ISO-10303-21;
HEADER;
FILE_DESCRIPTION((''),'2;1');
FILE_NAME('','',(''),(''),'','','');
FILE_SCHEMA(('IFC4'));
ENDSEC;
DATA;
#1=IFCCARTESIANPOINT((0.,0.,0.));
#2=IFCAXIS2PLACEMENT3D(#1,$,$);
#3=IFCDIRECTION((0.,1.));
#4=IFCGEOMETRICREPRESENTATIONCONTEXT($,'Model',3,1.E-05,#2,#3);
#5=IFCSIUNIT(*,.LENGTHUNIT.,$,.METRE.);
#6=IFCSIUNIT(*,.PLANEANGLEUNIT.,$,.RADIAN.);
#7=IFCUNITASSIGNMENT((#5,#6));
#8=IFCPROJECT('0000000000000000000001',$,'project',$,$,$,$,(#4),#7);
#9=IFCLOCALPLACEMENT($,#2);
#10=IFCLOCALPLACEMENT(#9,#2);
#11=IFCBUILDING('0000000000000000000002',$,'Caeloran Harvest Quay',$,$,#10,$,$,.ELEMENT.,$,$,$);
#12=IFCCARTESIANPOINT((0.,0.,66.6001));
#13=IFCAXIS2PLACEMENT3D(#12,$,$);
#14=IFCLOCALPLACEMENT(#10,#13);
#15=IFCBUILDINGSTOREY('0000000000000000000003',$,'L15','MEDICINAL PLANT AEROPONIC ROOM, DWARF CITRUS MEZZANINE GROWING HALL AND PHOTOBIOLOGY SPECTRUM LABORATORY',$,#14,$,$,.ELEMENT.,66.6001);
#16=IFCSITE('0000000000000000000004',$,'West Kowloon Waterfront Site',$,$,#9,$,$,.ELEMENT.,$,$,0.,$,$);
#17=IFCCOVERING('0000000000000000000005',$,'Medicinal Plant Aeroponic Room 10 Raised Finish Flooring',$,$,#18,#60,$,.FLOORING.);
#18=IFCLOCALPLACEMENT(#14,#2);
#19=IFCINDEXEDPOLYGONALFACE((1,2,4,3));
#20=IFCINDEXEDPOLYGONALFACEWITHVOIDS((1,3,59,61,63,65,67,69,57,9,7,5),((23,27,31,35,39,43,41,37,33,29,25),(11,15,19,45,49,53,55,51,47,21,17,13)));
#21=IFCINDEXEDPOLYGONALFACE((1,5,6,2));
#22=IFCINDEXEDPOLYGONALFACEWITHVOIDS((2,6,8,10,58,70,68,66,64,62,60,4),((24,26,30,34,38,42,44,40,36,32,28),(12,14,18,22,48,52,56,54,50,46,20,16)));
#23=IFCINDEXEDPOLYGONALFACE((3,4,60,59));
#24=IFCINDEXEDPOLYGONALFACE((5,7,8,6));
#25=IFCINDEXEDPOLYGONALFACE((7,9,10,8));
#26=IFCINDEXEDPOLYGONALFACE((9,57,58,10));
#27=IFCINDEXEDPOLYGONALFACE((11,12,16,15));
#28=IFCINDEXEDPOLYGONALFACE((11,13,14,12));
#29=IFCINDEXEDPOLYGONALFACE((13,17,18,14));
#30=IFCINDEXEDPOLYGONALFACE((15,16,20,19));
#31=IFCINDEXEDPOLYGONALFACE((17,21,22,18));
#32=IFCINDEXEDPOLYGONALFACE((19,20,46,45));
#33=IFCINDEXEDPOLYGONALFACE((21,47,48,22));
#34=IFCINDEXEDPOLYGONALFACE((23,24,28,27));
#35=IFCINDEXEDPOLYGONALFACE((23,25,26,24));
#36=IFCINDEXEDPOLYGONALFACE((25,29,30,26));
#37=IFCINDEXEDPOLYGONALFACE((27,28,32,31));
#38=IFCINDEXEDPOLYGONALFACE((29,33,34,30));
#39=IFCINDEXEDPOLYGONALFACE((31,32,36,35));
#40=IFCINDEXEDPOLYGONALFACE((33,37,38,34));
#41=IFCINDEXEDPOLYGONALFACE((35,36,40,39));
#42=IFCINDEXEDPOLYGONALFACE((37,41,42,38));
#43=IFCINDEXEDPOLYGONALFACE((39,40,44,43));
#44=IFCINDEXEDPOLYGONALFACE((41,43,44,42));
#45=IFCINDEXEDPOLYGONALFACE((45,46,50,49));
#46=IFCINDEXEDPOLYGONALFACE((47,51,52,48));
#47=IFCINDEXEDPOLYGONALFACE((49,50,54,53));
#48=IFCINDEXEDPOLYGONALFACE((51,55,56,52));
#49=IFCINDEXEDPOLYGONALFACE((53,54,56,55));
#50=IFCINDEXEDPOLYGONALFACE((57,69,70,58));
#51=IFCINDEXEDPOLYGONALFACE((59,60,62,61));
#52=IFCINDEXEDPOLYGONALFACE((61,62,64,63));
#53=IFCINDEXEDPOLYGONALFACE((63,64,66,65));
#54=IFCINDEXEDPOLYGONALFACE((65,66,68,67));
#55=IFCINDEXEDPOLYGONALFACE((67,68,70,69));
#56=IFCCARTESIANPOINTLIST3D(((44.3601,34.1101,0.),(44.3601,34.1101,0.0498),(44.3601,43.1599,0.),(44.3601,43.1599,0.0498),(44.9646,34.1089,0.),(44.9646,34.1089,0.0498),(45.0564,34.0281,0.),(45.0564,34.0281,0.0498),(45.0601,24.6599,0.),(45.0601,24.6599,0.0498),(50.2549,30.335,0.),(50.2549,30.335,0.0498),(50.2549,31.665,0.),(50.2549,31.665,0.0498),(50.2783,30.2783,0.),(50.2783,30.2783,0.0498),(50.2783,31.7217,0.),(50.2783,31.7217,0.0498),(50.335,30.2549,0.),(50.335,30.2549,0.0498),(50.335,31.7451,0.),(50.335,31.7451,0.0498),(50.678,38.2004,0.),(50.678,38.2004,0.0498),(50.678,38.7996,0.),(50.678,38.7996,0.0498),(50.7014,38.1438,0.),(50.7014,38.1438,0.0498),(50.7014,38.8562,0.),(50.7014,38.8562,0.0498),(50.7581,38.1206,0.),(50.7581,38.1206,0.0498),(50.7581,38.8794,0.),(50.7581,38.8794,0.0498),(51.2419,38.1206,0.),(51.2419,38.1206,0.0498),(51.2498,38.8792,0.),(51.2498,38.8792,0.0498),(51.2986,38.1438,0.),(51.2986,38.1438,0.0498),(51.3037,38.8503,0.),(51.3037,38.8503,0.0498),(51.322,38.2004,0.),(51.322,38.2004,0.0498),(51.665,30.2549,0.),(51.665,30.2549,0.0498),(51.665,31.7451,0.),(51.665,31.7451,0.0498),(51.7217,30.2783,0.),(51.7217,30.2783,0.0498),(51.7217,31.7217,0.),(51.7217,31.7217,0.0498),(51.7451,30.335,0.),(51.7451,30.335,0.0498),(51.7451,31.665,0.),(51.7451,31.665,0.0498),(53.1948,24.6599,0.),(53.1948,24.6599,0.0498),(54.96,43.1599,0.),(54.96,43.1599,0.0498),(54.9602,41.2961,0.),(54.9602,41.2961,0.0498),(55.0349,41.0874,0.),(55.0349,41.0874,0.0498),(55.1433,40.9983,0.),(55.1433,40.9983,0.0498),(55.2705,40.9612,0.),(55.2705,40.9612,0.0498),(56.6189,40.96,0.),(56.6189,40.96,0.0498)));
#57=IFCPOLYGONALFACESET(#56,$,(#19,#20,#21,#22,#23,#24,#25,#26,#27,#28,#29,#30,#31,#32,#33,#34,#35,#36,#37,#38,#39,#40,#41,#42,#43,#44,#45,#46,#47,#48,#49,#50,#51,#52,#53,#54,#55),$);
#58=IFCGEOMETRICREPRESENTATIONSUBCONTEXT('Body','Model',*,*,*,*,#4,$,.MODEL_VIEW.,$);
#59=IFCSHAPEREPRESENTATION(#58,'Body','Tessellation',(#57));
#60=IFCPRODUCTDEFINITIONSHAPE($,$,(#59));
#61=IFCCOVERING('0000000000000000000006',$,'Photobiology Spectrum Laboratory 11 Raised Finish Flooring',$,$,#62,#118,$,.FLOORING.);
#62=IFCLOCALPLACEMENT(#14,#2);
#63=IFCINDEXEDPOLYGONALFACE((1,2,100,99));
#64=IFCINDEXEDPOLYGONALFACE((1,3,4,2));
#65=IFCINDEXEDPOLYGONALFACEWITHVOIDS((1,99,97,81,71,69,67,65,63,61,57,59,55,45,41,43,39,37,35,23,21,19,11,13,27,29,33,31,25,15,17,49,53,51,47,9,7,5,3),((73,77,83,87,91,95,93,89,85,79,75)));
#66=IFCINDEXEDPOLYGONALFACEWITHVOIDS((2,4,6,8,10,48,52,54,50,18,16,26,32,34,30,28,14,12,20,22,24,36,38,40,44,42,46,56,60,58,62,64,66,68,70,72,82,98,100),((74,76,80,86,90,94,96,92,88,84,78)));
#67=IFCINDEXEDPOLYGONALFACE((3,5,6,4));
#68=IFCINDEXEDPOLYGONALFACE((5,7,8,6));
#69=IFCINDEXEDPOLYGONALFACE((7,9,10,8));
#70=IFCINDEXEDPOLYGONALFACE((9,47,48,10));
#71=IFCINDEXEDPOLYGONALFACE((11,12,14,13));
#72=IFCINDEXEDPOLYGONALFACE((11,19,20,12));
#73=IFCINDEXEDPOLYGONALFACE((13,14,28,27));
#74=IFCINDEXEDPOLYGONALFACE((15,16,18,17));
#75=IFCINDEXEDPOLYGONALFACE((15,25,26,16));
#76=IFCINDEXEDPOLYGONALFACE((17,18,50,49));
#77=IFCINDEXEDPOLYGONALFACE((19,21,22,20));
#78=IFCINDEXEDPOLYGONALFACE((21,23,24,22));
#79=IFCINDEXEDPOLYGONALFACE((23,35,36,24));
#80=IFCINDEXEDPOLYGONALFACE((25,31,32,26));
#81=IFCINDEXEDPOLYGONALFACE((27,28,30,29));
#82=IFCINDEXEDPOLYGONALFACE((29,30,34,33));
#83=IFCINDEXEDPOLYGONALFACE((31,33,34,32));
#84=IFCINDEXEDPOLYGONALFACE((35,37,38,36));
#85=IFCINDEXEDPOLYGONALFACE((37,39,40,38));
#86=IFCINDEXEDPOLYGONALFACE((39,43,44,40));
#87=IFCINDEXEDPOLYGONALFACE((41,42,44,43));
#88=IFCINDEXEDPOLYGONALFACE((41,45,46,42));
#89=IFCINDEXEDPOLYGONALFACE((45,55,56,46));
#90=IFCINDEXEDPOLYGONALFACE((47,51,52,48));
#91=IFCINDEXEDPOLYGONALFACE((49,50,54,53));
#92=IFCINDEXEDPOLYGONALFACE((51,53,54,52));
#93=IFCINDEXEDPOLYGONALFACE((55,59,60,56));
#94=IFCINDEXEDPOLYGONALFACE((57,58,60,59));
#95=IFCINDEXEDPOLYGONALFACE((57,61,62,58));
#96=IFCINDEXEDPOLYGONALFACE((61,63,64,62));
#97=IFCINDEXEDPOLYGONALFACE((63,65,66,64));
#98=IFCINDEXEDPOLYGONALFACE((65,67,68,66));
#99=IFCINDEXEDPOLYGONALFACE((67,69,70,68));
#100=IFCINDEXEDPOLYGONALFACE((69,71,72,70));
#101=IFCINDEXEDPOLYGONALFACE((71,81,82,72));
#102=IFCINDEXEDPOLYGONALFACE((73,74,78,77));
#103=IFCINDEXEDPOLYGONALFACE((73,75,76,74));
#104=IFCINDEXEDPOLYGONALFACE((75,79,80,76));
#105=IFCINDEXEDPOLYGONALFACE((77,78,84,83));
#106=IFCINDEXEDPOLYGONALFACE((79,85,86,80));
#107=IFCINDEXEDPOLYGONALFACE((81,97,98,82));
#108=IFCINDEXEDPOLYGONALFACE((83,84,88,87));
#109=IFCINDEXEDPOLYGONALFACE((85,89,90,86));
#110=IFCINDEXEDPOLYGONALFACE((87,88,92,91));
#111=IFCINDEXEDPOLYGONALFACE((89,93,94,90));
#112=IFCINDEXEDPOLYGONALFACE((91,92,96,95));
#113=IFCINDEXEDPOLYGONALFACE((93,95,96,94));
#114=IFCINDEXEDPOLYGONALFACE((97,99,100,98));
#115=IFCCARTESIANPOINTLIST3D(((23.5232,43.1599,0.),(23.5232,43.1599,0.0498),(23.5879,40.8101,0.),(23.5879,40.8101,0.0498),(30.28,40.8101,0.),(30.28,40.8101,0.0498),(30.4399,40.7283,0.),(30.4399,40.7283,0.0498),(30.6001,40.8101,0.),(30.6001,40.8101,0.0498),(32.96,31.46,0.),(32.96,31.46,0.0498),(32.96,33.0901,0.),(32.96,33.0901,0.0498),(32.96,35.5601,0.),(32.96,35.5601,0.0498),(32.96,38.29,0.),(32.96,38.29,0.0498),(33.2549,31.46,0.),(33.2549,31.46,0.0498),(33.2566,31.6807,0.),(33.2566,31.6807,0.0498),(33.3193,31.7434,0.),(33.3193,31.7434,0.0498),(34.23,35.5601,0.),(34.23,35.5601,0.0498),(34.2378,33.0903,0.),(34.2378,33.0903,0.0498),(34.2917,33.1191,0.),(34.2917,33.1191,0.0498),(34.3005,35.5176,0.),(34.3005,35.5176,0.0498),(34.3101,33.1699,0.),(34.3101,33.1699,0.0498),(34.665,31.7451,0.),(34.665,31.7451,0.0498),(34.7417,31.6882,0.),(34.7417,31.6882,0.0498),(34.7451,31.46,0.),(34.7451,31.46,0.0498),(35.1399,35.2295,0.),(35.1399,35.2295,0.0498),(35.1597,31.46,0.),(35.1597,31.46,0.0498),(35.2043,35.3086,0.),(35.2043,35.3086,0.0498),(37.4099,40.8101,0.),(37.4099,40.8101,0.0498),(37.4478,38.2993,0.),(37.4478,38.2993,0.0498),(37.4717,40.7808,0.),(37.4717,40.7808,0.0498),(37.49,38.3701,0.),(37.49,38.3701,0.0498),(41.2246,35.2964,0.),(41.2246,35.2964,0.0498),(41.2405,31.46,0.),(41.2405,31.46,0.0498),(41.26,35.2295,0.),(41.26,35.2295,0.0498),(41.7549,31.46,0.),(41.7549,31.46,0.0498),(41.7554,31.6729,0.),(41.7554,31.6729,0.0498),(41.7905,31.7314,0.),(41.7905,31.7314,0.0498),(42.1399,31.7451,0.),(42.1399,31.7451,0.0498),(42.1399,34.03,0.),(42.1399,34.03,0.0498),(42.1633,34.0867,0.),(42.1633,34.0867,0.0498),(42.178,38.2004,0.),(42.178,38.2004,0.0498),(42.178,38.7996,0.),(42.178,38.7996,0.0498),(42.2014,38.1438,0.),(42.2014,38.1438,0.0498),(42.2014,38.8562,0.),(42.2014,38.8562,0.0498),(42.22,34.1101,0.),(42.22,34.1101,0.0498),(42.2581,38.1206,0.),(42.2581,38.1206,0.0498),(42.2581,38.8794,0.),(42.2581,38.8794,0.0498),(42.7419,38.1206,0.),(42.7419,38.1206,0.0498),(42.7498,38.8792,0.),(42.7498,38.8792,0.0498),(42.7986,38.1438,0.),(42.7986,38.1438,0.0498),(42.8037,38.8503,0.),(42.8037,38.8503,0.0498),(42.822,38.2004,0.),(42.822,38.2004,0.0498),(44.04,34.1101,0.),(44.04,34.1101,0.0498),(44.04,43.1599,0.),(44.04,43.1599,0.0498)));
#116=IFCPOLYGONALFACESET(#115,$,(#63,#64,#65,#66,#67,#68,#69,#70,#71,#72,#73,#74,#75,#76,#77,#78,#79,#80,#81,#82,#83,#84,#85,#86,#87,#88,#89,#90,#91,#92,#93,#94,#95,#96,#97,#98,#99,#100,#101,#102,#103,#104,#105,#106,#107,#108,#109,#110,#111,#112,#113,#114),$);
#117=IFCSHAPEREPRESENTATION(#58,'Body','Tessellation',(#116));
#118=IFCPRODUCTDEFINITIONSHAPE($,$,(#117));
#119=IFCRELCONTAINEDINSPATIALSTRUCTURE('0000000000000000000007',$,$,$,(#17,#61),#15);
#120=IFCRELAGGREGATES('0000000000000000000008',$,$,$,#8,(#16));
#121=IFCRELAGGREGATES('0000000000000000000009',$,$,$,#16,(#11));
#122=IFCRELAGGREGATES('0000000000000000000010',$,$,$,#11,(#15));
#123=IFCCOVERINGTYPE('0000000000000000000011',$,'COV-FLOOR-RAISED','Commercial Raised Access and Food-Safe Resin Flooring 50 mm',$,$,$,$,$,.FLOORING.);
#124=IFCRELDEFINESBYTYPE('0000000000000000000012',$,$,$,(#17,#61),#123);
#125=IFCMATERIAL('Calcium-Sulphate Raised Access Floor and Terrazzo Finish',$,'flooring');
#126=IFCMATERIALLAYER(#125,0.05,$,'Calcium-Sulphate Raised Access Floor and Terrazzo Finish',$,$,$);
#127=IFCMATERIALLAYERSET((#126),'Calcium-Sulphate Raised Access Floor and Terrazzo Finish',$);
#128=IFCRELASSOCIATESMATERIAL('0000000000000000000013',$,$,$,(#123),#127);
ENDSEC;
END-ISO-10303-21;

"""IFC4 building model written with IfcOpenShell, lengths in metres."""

from ifc_helpers import new_model, si_unit, direction, frame, origin, place, context, subcontext, project, spatial, polyline, outline, extrude, material, layer, layer_set, type_object, element, save


model = new_model("IFC4")

# Units and contexts
model_context = context("Model", 3, precision=1e-05, world=origin(), true_north=direction((0.0, 1.0)))
body_context = subcontext(model_context, "Body", "Model", "MODEL_VIEW")
ifc_project = project(units=[si_unit("LENGTHUNIT", "METRE"), si_unit("PLANEANGLEUNIT", "RADIAN")], contexts=[model_context])

# Site, building, storey
site_placement = place(None, origin())
site = spatial("IfcSite", under=ifc_project, at=site_placement, Name="West Kowloon Waterfront Site", CompositionType="ELEMENT", RefElevation=0.0)
building_placement = place(site_placement, origin())
building = spatial("IfcBuilding", under=site, at=building_placement, Name="Caeloran Harvest Quay", CompositionType="ELEMENT")
storey_placement = place(building_placement, frame((0.0, 0.0, 66.6001)))
storey = spatial("IfcBuildingStorey", under=building, at=storey_placement, Name="L15", Description="MEDICINAL PLANT AEROPONIC ROOM, DWARF CITRUS MEZZANINE GROWING HALL AND PHOTOBIOLOGY SPECTRUM LABORATORY", CompositionType="ELEMENT", Elevation=66.6001)

# Coverings
ifc_material_1 = material(Name="Calcium-Sulphate Raised Access Floor and Terrazzo Finish", Category="flooring")
ifc_layer_1 = layer(ifc_material_1, 0.05, Name="Calcium-Sulphate Raised Access Floor and Terrazzo Finish")
ifc_layer_set_1 = layer_set([ifc_layer_1], Name="Calcium-Sulphate Raised Access Floor and Terrazzo Finish")
covering_type_1 = type_object("IfcCoveringType", Name="COV-FLOOR-RAISED", Description="Commercial Raised Access and Food-Safe Resin Flooring 50 mm", PredefinedType="FLOORING", material=ifc_layer_set_1)
covering_1_placement = place(storey_placement, origin())
element("IfcCovering", 1, at=covering_1_placement, inside=storey, type_object=covering_type_1, Name="Medicinal Plant Aeroponic Room 10 Raised Finish Flooring", PredefinedType="FLOORING", context=body_context, shape_type="SweptSolid", body=[
    extrude(outline(polyline([(45.0564, 34.0281), (44.9646, 34.1089), (44.3601, 34.1101), (44.3601, 43.1599), (54.96, 43.1599), (54.9602, 41.2961), (55.0349, 41.0874), (55.1433, 40.9983), (55.2705, 40.9612), (56.6189, 40.96), (53.1948, 24.6599), (45.0601, 24.6599), (45.0564, 34.0281)]), holes=[polyline([(51.7451, 31.665), (51.7217, 31.7217), (51.665, 31.7451), (50.335, 31.7451), (50.2783, 31.7217), (50.2549, 31.665), (50.2549, 30.335), (50.2783, 30.2783), (50.335, 30.2549), (51.665, 30.2549), (51.7217, 30.2783), (51.7451, 30.335), (51.7451, 31.665)]), polyline([(51.322, 38.2004), (51.3037, 38.8503), (51.2498, 38.8792), (50.7581, 38.8794), (50.7014, 38.8562), (50.678, 38.7996), (50.678, 38.2004), (50.7014, 38.1438), (50.7581, 38.1206), (51.2419, 38.1206), (51.2986, 38.1438), (51.322, 38.2004)])]), origin(), (0.0, 0.0, 1.0), 0.0498),
])
covering_2_placement = place(storey_placement, origin())
element("IfcCovering", 2, at=covering_2_placement, inside=storey, type_object=covering_type_1, Name="Photobiology Spectrum Laboratory 11 Raised Finish Flooring", PredefinedType="FLOORING", context=body_context, shape_type="SweptSolid", body=[
    extrude(outline(polyline([(44.04, 34.1101), (42.22, 34.1101), (42.1633, 34.0867), (42.1399, 34.03), (42.1399, 31.7451), (41.7905, 31.7314), (41.7554, 31.6729), (41.7549, 31.46), (41.2405, 31.46), (41.26, 35.2295), (41.2246, 35.2964), (35.2043, 35.3086), (35.1399, 35.2295), (35.1597, 31.46), (34.7451, 31.46), (34.7417, 31.6882), (34.665, 31.7451), (33.3193, 31.7434), (33.2566, 31.6807), (33.2549, 31.46), (32.96, 31.46), (32.96, 33.0901), (34.2378, 33.0903), (34.2917, 33.1191), (34.3101, 33.1699), (34.3005, 35.5176), (34.23, 35.5601), (32.96, 35.5601), (32.96, 38.29), (37.4478, 38.2993), (37.49, 38.3701), (37.4717, 40.7808), (37.4099, 40.8101), (30.6001, 40.8101), (30.4399, 40.7283), (30.28, 40.8101), (23.5879, 40.8101), (23.5232, 43.1599), (44.04, 43.1599), (44.04, 34.1101)]), holes=[polyline([(42.822, 38.2004), (42.8037, 38.8503), (42.7498, 38.8792), (42.2581, 38.8794), (42.2014, 38.8562), (42.178, 38.7996), (42.178, 38.2004), (42.2014, 38.1438), (42.2581, 38.1206), (42.7419, 38.1206), (42.7986, 38.1438), (42.822, 38.2004)])]), origin(), (0.0, 0.0, 1.0), 0.0498),
])

save(model, "model.ifc")
